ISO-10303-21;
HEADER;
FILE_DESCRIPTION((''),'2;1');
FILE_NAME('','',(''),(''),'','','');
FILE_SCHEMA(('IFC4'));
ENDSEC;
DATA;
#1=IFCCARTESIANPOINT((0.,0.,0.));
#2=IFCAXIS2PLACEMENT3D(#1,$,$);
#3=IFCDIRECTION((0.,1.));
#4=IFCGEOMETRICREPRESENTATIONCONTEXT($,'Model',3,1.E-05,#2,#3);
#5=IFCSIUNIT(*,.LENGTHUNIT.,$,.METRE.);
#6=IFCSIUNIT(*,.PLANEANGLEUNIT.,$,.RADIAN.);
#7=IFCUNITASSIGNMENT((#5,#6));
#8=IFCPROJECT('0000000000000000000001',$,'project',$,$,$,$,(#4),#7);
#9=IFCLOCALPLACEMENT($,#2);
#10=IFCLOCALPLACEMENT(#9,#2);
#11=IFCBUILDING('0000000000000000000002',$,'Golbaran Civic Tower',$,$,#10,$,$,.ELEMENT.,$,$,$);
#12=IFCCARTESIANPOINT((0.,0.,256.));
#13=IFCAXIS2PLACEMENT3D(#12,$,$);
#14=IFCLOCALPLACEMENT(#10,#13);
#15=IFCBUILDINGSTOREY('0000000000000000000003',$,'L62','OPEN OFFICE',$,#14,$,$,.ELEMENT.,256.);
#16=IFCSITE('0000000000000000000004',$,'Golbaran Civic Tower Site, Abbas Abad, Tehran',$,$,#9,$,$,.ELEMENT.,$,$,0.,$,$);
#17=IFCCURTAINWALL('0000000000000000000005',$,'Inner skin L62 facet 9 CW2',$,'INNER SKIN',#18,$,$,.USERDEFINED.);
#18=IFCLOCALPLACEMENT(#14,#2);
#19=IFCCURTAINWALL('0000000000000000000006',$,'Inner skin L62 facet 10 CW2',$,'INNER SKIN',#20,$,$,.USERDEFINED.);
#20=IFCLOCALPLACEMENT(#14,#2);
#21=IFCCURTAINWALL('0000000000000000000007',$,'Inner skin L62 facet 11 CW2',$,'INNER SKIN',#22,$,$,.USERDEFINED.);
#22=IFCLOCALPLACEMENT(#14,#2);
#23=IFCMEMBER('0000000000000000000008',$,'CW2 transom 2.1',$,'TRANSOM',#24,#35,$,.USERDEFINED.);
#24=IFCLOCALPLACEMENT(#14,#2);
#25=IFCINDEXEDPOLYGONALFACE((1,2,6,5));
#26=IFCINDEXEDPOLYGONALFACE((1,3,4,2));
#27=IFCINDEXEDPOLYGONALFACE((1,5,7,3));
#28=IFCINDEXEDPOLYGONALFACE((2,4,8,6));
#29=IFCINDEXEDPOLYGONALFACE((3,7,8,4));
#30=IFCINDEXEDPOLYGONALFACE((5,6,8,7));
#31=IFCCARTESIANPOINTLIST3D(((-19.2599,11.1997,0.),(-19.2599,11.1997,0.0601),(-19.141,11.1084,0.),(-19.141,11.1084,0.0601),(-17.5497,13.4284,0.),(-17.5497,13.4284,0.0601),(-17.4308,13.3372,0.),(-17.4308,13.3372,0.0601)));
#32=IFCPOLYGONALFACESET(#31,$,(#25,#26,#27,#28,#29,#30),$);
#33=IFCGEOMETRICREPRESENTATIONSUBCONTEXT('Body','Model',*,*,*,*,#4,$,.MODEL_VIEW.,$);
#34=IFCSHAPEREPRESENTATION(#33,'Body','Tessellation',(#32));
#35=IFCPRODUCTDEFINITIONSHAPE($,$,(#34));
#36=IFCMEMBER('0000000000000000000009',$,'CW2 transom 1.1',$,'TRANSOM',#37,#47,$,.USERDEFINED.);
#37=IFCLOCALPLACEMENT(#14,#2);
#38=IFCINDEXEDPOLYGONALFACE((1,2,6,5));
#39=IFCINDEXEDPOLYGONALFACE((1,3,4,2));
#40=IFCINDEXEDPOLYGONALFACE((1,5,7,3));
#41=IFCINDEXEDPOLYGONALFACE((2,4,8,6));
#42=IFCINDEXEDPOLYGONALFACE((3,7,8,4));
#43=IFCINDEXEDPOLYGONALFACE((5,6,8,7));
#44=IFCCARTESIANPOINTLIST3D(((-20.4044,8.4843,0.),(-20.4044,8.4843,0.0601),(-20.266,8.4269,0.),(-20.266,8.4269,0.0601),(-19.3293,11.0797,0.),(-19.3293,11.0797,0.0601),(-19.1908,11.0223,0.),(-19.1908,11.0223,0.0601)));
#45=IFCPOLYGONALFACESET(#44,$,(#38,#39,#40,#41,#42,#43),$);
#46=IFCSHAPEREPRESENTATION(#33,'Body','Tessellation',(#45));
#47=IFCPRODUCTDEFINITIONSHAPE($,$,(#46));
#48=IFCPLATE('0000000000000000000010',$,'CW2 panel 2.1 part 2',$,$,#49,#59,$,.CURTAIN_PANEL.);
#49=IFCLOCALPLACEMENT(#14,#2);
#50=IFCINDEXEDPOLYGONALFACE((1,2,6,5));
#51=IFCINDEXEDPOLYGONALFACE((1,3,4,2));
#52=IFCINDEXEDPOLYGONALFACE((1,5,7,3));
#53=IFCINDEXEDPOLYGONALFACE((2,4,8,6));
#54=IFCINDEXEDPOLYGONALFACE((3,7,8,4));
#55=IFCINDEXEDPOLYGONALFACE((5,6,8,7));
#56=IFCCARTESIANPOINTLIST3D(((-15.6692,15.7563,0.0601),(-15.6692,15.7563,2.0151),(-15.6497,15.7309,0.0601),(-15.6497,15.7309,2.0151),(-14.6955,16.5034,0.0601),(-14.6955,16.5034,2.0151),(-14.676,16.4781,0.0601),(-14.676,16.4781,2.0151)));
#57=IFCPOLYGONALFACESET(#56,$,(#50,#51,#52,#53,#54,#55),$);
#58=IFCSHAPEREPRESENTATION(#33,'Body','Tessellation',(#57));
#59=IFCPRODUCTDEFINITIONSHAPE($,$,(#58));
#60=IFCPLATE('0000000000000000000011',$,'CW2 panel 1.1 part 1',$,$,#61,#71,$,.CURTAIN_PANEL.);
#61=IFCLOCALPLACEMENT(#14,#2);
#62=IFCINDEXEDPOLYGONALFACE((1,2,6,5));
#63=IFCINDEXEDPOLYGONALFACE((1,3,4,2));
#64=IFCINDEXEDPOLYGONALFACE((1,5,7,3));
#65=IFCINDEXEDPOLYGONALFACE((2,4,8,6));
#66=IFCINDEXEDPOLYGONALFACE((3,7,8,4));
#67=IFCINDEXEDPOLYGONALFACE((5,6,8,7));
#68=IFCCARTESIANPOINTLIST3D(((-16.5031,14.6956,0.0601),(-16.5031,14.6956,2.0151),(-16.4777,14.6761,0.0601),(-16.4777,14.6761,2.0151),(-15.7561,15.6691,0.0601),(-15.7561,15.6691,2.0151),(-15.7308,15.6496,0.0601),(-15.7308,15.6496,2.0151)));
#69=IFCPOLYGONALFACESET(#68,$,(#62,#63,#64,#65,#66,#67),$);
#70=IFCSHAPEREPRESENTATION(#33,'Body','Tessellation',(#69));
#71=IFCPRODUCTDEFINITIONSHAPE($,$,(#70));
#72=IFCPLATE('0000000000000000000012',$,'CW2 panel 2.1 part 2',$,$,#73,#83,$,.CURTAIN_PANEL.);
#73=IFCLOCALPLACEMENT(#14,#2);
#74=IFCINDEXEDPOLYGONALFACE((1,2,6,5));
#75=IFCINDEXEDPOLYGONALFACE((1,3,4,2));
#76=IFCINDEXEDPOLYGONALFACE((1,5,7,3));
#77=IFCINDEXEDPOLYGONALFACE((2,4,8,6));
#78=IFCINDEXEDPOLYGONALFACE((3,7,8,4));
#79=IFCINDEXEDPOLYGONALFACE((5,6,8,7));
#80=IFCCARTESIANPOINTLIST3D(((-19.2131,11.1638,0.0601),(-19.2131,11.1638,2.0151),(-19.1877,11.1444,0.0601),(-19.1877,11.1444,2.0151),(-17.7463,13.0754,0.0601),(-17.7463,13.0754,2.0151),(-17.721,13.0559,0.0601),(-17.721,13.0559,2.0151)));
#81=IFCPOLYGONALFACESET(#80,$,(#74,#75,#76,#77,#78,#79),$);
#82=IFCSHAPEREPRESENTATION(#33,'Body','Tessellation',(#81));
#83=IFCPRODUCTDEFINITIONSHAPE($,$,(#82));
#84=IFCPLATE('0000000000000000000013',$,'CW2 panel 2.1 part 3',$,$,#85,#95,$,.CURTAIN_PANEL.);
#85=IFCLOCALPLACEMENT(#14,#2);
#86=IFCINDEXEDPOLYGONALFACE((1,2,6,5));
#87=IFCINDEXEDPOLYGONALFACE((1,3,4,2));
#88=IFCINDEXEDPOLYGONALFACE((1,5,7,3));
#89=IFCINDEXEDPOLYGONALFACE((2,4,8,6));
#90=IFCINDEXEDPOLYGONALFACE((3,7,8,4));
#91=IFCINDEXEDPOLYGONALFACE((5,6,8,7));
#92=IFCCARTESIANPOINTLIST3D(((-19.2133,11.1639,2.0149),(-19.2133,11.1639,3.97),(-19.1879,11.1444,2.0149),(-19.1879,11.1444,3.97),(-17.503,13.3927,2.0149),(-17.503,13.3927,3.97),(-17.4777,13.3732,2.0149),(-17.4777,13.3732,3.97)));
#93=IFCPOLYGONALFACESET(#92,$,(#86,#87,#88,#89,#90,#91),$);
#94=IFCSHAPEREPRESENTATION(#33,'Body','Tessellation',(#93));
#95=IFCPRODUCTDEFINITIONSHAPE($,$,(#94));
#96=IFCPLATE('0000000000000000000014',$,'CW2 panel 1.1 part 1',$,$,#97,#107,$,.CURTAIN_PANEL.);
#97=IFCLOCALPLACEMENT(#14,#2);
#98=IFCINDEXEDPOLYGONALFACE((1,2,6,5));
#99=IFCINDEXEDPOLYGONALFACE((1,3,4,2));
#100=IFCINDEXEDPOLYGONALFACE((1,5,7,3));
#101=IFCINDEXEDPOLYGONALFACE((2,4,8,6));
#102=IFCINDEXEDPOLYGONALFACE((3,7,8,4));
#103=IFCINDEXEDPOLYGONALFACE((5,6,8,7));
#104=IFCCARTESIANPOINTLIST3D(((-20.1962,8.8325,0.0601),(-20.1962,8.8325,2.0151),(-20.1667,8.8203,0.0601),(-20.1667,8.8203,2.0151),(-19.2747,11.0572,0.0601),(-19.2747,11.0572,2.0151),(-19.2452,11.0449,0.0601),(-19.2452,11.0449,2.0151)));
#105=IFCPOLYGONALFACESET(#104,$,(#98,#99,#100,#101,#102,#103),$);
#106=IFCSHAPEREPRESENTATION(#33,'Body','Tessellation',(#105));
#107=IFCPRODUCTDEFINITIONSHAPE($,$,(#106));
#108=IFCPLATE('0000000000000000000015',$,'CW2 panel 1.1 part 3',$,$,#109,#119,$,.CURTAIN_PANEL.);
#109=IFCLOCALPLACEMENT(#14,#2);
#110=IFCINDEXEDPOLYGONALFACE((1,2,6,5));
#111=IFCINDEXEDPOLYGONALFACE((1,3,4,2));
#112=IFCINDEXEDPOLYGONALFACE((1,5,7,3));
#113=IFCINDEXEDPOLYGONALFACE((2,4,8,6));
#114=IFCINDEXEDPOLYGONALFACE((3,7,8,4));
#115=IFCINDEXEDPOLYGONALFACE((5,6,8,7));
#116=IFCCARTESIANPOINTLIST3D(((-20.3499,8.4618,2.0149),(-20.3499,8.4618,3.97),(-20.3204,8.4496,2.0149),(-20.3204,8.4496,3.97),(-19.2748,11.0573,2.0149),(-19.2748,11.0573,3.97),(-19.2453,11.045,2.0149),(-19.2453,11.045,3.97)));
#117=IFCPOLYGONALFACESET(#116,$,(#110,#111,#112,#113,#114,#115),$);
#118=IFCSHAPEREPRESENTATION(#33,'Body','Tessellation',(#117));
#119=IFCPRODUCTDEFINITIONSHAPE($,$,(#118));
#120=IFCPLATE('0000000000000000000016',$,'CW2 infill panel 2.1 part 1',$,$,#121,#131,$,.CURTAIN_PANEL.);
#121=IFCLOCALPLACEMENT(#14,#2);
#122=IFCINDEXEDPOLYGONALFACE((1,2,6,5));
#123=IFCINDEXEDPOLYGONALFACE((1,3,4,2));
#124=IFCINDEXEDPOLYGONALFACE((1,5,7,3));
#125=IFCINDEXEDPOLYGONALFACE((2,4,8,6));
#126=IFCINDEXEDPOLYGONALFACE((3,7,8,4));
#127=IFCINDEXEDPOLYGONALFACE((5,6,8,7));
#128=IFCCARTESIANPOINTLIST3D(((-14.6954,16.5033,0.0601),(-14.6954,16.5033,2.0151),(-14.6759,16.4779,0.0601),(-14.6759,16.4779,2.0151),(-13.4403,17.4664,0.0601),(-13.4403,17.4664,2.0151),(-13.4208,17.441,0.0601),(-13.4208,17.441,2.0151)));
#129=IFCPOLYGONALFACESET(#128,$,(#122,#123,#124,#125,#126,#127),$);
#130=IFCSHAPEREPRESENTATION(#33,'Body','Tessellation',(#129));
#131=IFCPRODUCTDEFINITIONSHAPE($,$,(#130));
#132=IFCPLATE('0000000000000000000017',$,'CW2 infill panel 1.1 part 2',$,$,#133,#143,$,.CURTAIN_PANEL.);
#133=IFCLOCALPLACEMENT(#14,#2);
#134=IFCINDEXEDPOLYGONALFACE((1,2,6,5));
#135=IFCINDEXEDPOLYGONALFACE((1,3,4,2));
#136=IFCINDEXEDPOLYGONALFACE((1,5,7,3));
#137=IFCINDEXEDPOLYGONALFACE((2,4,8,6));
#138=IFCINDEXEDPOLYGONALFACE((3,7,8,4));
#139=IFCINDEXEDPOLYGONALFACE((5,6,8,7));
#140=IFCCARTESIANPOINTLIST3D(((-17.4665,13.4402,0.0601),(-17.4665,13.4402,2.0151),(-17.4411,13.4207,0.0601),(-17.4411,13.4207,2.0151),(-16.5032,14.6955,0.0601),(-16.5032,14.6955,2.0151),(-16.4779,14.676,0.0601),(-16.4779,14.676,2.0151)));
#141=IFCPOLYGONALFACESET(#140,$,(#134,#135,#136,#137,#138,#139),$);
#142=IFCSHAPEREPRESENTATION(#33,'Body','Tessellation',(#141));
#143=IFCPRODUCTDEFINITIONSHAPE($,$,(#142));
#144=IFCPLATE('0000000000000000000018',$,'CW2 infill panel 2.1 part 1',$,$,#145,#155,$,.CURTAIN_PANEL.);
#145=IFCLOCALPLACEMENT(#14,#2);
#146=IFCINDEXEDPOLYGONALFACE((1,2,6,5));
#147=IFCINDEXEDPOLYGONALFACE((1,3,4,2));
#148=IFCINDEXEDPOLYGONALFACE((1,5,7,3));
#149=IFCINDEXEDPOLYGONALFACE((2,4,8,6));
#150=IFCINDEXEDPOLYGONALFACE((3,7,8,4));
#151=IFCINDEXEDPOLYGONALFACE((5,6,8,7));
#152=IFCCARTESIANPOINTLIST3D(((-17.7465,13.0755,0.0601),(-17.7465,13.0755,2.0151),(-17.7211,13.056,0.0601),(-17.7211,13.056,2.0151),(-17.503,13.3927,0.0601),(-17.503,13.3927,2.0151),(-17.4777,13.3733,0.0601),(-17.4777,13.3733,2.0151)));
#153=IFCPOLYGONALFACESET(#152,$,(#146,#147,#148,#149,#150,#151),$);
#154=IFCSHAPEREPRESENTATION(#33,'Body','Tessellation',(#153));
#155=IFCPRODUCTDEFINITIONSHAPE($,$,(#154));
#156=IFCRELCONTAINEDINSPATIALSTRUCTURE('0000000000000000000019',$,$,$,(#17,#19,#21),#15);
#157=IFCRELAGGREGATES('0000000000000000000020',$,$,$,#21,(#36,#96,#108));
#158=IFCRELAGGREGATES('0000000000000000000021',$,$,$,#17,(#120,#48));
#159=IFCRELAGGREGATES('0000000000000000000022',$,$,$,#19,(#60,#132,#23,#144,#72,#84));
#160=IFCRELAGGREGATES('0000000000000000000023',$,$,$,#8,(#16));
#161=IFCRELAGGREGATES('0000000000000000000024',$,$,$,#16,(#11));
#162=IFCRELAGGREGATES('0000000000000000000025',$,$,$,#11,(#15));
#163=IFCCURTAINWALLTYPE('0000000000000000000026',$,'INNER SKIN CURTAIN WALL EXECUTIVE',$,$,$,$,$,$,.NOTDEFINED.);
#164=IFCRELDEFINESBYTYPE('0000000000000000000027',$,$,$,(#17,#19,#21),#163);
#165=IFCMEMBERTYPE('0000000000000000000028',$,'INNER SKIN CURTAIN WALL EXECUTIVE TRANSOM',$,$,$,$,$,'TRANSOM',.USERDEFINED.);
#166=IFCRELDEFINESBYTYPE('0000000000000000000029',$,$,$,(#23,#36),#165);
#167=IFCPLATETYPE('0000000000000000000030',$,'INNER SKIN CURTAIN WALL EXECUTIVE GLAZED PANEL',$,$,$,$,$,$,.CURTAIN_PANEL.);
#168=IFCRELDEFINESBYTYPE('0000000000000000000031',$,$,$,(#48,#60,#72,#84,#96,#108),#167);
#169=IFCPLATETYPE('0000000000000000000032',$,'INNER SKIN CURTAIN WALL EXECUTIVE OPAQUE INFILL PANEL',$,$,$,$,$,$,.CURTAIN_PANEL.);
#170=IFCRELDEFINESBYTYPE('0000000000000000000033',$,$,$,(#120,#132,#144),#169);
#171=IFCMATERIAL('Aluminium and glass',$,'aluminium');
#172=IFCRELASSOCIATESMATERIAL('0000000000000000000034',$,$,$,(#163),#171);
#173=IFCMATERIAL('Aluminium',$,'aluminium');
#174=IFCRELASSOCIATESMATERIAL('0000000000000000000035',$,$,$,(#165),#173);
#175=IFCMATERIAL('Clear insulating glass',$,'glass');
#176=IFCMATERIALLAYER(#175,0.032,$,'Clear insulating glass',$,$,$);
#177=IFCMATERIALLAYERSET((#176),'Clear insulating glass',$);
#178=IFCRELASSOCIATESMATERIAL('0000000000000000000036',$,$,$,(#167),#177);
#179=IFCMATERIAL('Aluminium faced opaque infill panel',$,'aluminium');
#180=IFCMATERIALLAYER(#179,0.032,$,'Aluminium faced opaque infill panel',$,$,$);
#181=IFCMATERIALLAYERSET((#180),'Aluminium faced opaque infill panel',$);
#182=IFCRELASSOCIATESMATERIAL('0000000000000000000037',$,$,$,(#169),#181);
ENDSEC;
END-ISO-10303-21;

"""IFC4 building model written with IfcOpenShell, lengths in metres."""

from ifc_helpers import new_model, si_unit, direction, frame, origin, origin_2d, place, context, subcontext, project, spatial, rectangle, extrude, material, layer, layer_set, material_profile, profile_set, type_object, element, aggregate, save


model = new_model("IFC4")

# Units and contexts
model_context = context("Model", 3, precision=1e-05, world=origin(), true_north=direction((0.0, 1.0)))
body_context = subcontext(model_context, "Body", "Model", "MODEL_VIEW")
ifc_project = project(units=[si_unit("LENGTHUNIT", "METRE"), si_unit("PLANEANGLEUNIT", "RADIAN")], contexts=[model_context])

# Site, building, storey
site_placement = place(None, origin())
site = spatial("IfcSite", under=ifc_project, at=site_placement, Name="Golbaran Civic Tower Site, Abbas Abad, Tehran", CompositionType="ELEMENT", RefElevation=0.0)
building_placement = place(site_placement, origin())
building = spatial("IfcBuilding", under=site, at=building_placement, Name="Golbaran Civic Tower", CompositionType="ELEMENT")
storey_placement = place(building_placement, frame((0.0, 0.0, 256.0)))
storey = spatial("IfcBuildingStorey", under=building, at=storey_placement, Name="L62", Description="OPEN OFFICE", CompositionType="ELEMENT", Elevation=256.0)

# Curtain wall
ifc_material_1 = material(Name="Aluminium and glass", Category="aluminium")
curtain_wall_type = type_object("IfcCurtainWallType", Name="INNER SKIN CURTAIN WALL EXECUTIVE", PredefinedType="NOTDEFINED", material=ifc_material_1)
curtain_wall_1_placement = place(storey_placement, origin())
curtain_wall_1 = element("IfcCurtainWall", 1, at=curtain_wall_1_placement, inside=storey, type_object=curtain_wall_type, Name="Inner skin L62 facet 9 CW2", ObjectType="INNER SKIN", PredefinedType="USERDEFINED")
ifc_material_2 = material(Name="Aluminium", Category="aluminium")

# Curtain wall
curtain_wall_2_placement = place(storey_placement, origin())
curtain_wall_2 = element("IfcCurtainWall", 2, at=curtain_wall_2_placement, inside=storey, type_object=curtain_wall_type, Name="Inner skin L62 facet 10 CW2", ObjectType="INNER SKIN", PredefinedType="USERDEFINED")

# Curtain wall
curtain_wall_3_placement = place(storey_placement, origin())
curtain_wall_3 = element("IfcCurtainWall", 3, at=curtain_wall_3_placement, inside=storey, type_object=curtain_wall_type, Name="Inner skin L62 facet 11 CW2", ObjectType="INNER SKIN", PredefinedType="USERDEFINED")

# Members
ifc_material_profile_1 = material_profile(ifc_material_2, rectangle(XDim=0.1499, YDim=0.0601, at=origin_2d()), Name="INNER SKIN CURTAIN WALL EXECUTIVE TRANSOM")
ifc_profile_set_1 = profile_set([ifc_material_profile_1], Name="Aluminium")
member_type_1 = type_object("IfcMemberType", Name="INNER SKIN CURTAIN WALL EXECUTIVE TRANSOM", ElementType="TRANSOM", PredefinedType="USERDEFINED", material=ifc_profile_set_1)
member_1_placement = place(storey_placement, frame((-17.4902, 13.3828, 0.03), z_axis=(-0.608765, -0.79335, 0.0), x_axis=(0.79335, -0.608765, 0.0)))
member_1 = element("IfcMember", 4, at=member_1_placement, type_object=member_type_1, Name="CW2 transom 2.1", ObjectType="TRANSOM", PredefinedType="USERDEFINED", context=body_context, shape_type="SweptSolid", body=[
    extrude(rectangle(XDim=0.1499, YDim=0.0601, at=origin_2d()), origin(), (0.0, 0.0, 1.0), 2.8093),
])
member_2_placement = place(storey_placement, frame((-19.26, 11.051, 0.03), z_axis=(-0.38272, -0.923864, 0.0), x_axis=(0.923864, -0.38272, 0.0)))
member_2 = element("IfcMember", 5, at=member_2_placement, type_object=member_type_1, Name="CW2 transom 1.1", ObjectType="TRANSOM", PredefinedType="USERDEFINED", context=body_context, shape_type="SweptSolid", body=[
    extrude(rectangle(XDim=0.1499, YDim=0.0601, at=origin_2d()), origin(), (0.0, 0.0, 1.0), 2.8093),
])

# Plates
ifc_material_3 = material(Name="Clear insulating glass", Category="glass")
ifc_layer_1 = layer(ifc_material_3, 0.032, Name="Clear insulating glass")
ifc_layer_set_1 = layer_set([ifc_layer_1], Name="Clear insulating glass")
plate_type_1 = type_object("IfcPlateType", Name="INNER SKIN CURTAIN WALL EXECUTIVE GLAZED PANEL", PredefinedType="CURTAIN_PANEL", material=ifc_layer_set_1)
plate_1_placement = place(storey_placement, frame((-15.1726, 16.1172, 0.0601), z_axis=(0.0, 0.0, 1.0), x_axis=(-0.793353, -0.608761, 0.0)))
plate_1 = element("IfcPlate", 6, at=plate_1_placement, type_object=plate_type_1, Name="CW2 panel 2.1 part 2", PredefinedType="CURTAIN_PANEL", context=body_context, shape_type="SweptSolid", body=[
    extrude(rectangle(XDim=1.2273, YDim=0.032, at=origin_2d()), origin(), (0.0, 0.0, 1.0), 1.9551),
])
plate_2_placement = place(storey_placement, frame((-16.1169, 15.1726, 0.0601), z_axis=(0.0, 0.0, 1.0), x_axis=(-0.608761, -0.793353, 0.0)))
plate_2 = element("IfcPlate", 7, at=plate_2_placement, type_object=plate_type_1, Name="CW2 panel 1.1 part 1", PredefinedType="CURTAIN_PANEL", context=body_context, shape_type="SweptSolid", body=[
    extrude(rectangle(XDim=1.2271, YDim=0.032, at=origin_2d()), origin(), (0.0, 0.0, 1.0), 1.9551),
])
plate_3_placement = place(storey_placement, frame((-18.467, 12.1099, 0.0601), z_axis=(0.0, 0.0, 1.0), x_axis=(-0.608761, -0.793353, 0.0)))
plate_3 = element("IfcPlate", 8, at=plate_3_placement, type_object=plate_type_1, Name="CW2 panel 2.1 part 2", PredefinedType="CURTAIN_PANEL", context=body_context, shape_type="SweptSolid", body=[
    extrude(rectangle(XDim=2.4094, YDim=0.032, at=origin_2d()), origin(), (0.0, 0.0, 1.0), 1.9551),
])
plate_4_placement = place(storey_placement, frame((-18.3455, 12.2686, 2.0149), z_axis=(0.0, 0.0, 1.0), x_axis=(-0.608761, -0.793353, 0.0)))
plate_4 = element("IfcPlate", 9, at=plate_4_placement, type_object=plate_type_1, Name="CW2 panel 2.1 part 3", PredefinedType="CURTAIN_PANEL", context=body_context, shape_type="SweptSolid", body=[
    extrude(rectangle(XDim=2.8093, YDim=0.032, at=origin_2d()), origin(), (0.0, 0.0, 1.0), 1.9551),
])
plate_5_placement = place(storey_placement, frame((-19.7207, 9.9387, 0.0601), z_axis=(0.0, 0.0, 1.0), x_axis=(-0.382683, -0.92388, 0.0)))
plate_5 = element("IfcPlate", 10, at=plate_5_placement, type_object=plate_type_1, Name="CW2 panel 1.1 part 1", PredefinedType="CURTAIN_PANEL", context=body_context, shape_type="SweptSolid", body=[
    extrude(rectangle(XDim=2.408, YDim=0.032, at=origin_2d()), origin(), (0.0, 0.0, 1.0), 1.9551),
])
plate_6_placement = place(storey_placement, frame((-19.7976, 9.7534, 2.0149), z_axis=(0.0, 0.0, 1.0), x_axis=(-0.382683, -0.92388, 0.0)))
plate_6 = element("IfcPlate", 11, at=plate_6_placement, type_object=plate_type_1, Name="CW2 panel 1.1 part 3", PredefinedType="CURTAIN_PANEL", context=body_context, shape_type="SweptSolid", body=[
    extrude(rectangle(XDim=2.8093, YDim=0.032, at=origin_2d()), origin(), (0.0, 0.0, 1.0), 1.9551),
])
aggregate(curtain_wall_3, [member_2, plate_5, plate_6])
ifc_material_4 = material(Name="Aluminium faced opaque infill panel", Category="aluminium")
ifc_layer_2 = layer(ifc_material_4, 0.032, Name="Aluminium faced opaque infill panel")
ifc_layer_set_2 = layer_set([ifc_layer_2], Name="Aluminium faced opaque infill panel")
plate_type_2 = type_object("IfcPlateType", Name="INNER SKIN CURTAIN WALL EXECUTIVE OPAQUE INFILL PANEL", PredefinedType="CURTAIN_PANEL", material=ifc_layer_set_2)
plate_7_placement = place(storey_placement, frame((-14.0581, 16.9722, 0.0601), z_axis=(0.0, 0.0, 1.0), x_axis=(-0.793353, -0.608761, 0.0)))
plate_7 = element("IfcPlate", 12, at=plate_7_placement, type_object=plate_type_2, Name="CW2 infill panel 2.1 part 1", PredefinedType="CURTAIN_PANEL", context=body_context, shape_type="SweptSolid", body=[
    extrude(rectangle(XDim=1.582, YDim=0.032, at=origin_2d()), origin(), (0.0, 0.0, 1.0), 1.9551),
])
aggregate(curtain_wall_1, [plate_7, plate_1])
plate_8_placement = place(storey_placement, frame((-16.9722, 14.0581, 0.0601), z_axis=(0.0, 0.0, 1.0), x_axis=(-0.608761, -0.793353, 0.0)))
plate_8 = element("IfcPlate", 13, at=plate_8_placement, type_object=plate_type_2, Name="CW2 infill panel 1.1 part 2", PredefinedType="CURTAIN_PANEL", context=body_context, shape_type="SweptSolid", body=[
    extrude(rectangle(XDim=1.5823, YDim=0.032, at=origin_2d()), origin(), (0.0, 0.0, 1.0), 1.9551),
])
plate_9_placement = place(storey_placement, frame((-17.6121, 13.2244, 0.0601), z_axis=(0.0, 0.0, 1.0), x_axis=(-0.608761, -0.793353, 0.0)))
plate_9 = element("IfcPlate", 14, at=plate_9_placement, type_object=plate_type_2, Name="CW2 infill panel 2.1 part 1", PredefinedType="CURTAIN_PANEL", context=body_context, shape_type="SweptSolid", body=[
    extrude(rectangle(XDim=0.3999, YDim=0.032, at=origin_2d()), origin(), (0.0, 0.0, 1.0), 1.9551),
])
aggregate(curtain_wall_2, [plate_2, plate_8, member_1, plate_9, plate_3, plate_4])

save(model, "model.ifc")
